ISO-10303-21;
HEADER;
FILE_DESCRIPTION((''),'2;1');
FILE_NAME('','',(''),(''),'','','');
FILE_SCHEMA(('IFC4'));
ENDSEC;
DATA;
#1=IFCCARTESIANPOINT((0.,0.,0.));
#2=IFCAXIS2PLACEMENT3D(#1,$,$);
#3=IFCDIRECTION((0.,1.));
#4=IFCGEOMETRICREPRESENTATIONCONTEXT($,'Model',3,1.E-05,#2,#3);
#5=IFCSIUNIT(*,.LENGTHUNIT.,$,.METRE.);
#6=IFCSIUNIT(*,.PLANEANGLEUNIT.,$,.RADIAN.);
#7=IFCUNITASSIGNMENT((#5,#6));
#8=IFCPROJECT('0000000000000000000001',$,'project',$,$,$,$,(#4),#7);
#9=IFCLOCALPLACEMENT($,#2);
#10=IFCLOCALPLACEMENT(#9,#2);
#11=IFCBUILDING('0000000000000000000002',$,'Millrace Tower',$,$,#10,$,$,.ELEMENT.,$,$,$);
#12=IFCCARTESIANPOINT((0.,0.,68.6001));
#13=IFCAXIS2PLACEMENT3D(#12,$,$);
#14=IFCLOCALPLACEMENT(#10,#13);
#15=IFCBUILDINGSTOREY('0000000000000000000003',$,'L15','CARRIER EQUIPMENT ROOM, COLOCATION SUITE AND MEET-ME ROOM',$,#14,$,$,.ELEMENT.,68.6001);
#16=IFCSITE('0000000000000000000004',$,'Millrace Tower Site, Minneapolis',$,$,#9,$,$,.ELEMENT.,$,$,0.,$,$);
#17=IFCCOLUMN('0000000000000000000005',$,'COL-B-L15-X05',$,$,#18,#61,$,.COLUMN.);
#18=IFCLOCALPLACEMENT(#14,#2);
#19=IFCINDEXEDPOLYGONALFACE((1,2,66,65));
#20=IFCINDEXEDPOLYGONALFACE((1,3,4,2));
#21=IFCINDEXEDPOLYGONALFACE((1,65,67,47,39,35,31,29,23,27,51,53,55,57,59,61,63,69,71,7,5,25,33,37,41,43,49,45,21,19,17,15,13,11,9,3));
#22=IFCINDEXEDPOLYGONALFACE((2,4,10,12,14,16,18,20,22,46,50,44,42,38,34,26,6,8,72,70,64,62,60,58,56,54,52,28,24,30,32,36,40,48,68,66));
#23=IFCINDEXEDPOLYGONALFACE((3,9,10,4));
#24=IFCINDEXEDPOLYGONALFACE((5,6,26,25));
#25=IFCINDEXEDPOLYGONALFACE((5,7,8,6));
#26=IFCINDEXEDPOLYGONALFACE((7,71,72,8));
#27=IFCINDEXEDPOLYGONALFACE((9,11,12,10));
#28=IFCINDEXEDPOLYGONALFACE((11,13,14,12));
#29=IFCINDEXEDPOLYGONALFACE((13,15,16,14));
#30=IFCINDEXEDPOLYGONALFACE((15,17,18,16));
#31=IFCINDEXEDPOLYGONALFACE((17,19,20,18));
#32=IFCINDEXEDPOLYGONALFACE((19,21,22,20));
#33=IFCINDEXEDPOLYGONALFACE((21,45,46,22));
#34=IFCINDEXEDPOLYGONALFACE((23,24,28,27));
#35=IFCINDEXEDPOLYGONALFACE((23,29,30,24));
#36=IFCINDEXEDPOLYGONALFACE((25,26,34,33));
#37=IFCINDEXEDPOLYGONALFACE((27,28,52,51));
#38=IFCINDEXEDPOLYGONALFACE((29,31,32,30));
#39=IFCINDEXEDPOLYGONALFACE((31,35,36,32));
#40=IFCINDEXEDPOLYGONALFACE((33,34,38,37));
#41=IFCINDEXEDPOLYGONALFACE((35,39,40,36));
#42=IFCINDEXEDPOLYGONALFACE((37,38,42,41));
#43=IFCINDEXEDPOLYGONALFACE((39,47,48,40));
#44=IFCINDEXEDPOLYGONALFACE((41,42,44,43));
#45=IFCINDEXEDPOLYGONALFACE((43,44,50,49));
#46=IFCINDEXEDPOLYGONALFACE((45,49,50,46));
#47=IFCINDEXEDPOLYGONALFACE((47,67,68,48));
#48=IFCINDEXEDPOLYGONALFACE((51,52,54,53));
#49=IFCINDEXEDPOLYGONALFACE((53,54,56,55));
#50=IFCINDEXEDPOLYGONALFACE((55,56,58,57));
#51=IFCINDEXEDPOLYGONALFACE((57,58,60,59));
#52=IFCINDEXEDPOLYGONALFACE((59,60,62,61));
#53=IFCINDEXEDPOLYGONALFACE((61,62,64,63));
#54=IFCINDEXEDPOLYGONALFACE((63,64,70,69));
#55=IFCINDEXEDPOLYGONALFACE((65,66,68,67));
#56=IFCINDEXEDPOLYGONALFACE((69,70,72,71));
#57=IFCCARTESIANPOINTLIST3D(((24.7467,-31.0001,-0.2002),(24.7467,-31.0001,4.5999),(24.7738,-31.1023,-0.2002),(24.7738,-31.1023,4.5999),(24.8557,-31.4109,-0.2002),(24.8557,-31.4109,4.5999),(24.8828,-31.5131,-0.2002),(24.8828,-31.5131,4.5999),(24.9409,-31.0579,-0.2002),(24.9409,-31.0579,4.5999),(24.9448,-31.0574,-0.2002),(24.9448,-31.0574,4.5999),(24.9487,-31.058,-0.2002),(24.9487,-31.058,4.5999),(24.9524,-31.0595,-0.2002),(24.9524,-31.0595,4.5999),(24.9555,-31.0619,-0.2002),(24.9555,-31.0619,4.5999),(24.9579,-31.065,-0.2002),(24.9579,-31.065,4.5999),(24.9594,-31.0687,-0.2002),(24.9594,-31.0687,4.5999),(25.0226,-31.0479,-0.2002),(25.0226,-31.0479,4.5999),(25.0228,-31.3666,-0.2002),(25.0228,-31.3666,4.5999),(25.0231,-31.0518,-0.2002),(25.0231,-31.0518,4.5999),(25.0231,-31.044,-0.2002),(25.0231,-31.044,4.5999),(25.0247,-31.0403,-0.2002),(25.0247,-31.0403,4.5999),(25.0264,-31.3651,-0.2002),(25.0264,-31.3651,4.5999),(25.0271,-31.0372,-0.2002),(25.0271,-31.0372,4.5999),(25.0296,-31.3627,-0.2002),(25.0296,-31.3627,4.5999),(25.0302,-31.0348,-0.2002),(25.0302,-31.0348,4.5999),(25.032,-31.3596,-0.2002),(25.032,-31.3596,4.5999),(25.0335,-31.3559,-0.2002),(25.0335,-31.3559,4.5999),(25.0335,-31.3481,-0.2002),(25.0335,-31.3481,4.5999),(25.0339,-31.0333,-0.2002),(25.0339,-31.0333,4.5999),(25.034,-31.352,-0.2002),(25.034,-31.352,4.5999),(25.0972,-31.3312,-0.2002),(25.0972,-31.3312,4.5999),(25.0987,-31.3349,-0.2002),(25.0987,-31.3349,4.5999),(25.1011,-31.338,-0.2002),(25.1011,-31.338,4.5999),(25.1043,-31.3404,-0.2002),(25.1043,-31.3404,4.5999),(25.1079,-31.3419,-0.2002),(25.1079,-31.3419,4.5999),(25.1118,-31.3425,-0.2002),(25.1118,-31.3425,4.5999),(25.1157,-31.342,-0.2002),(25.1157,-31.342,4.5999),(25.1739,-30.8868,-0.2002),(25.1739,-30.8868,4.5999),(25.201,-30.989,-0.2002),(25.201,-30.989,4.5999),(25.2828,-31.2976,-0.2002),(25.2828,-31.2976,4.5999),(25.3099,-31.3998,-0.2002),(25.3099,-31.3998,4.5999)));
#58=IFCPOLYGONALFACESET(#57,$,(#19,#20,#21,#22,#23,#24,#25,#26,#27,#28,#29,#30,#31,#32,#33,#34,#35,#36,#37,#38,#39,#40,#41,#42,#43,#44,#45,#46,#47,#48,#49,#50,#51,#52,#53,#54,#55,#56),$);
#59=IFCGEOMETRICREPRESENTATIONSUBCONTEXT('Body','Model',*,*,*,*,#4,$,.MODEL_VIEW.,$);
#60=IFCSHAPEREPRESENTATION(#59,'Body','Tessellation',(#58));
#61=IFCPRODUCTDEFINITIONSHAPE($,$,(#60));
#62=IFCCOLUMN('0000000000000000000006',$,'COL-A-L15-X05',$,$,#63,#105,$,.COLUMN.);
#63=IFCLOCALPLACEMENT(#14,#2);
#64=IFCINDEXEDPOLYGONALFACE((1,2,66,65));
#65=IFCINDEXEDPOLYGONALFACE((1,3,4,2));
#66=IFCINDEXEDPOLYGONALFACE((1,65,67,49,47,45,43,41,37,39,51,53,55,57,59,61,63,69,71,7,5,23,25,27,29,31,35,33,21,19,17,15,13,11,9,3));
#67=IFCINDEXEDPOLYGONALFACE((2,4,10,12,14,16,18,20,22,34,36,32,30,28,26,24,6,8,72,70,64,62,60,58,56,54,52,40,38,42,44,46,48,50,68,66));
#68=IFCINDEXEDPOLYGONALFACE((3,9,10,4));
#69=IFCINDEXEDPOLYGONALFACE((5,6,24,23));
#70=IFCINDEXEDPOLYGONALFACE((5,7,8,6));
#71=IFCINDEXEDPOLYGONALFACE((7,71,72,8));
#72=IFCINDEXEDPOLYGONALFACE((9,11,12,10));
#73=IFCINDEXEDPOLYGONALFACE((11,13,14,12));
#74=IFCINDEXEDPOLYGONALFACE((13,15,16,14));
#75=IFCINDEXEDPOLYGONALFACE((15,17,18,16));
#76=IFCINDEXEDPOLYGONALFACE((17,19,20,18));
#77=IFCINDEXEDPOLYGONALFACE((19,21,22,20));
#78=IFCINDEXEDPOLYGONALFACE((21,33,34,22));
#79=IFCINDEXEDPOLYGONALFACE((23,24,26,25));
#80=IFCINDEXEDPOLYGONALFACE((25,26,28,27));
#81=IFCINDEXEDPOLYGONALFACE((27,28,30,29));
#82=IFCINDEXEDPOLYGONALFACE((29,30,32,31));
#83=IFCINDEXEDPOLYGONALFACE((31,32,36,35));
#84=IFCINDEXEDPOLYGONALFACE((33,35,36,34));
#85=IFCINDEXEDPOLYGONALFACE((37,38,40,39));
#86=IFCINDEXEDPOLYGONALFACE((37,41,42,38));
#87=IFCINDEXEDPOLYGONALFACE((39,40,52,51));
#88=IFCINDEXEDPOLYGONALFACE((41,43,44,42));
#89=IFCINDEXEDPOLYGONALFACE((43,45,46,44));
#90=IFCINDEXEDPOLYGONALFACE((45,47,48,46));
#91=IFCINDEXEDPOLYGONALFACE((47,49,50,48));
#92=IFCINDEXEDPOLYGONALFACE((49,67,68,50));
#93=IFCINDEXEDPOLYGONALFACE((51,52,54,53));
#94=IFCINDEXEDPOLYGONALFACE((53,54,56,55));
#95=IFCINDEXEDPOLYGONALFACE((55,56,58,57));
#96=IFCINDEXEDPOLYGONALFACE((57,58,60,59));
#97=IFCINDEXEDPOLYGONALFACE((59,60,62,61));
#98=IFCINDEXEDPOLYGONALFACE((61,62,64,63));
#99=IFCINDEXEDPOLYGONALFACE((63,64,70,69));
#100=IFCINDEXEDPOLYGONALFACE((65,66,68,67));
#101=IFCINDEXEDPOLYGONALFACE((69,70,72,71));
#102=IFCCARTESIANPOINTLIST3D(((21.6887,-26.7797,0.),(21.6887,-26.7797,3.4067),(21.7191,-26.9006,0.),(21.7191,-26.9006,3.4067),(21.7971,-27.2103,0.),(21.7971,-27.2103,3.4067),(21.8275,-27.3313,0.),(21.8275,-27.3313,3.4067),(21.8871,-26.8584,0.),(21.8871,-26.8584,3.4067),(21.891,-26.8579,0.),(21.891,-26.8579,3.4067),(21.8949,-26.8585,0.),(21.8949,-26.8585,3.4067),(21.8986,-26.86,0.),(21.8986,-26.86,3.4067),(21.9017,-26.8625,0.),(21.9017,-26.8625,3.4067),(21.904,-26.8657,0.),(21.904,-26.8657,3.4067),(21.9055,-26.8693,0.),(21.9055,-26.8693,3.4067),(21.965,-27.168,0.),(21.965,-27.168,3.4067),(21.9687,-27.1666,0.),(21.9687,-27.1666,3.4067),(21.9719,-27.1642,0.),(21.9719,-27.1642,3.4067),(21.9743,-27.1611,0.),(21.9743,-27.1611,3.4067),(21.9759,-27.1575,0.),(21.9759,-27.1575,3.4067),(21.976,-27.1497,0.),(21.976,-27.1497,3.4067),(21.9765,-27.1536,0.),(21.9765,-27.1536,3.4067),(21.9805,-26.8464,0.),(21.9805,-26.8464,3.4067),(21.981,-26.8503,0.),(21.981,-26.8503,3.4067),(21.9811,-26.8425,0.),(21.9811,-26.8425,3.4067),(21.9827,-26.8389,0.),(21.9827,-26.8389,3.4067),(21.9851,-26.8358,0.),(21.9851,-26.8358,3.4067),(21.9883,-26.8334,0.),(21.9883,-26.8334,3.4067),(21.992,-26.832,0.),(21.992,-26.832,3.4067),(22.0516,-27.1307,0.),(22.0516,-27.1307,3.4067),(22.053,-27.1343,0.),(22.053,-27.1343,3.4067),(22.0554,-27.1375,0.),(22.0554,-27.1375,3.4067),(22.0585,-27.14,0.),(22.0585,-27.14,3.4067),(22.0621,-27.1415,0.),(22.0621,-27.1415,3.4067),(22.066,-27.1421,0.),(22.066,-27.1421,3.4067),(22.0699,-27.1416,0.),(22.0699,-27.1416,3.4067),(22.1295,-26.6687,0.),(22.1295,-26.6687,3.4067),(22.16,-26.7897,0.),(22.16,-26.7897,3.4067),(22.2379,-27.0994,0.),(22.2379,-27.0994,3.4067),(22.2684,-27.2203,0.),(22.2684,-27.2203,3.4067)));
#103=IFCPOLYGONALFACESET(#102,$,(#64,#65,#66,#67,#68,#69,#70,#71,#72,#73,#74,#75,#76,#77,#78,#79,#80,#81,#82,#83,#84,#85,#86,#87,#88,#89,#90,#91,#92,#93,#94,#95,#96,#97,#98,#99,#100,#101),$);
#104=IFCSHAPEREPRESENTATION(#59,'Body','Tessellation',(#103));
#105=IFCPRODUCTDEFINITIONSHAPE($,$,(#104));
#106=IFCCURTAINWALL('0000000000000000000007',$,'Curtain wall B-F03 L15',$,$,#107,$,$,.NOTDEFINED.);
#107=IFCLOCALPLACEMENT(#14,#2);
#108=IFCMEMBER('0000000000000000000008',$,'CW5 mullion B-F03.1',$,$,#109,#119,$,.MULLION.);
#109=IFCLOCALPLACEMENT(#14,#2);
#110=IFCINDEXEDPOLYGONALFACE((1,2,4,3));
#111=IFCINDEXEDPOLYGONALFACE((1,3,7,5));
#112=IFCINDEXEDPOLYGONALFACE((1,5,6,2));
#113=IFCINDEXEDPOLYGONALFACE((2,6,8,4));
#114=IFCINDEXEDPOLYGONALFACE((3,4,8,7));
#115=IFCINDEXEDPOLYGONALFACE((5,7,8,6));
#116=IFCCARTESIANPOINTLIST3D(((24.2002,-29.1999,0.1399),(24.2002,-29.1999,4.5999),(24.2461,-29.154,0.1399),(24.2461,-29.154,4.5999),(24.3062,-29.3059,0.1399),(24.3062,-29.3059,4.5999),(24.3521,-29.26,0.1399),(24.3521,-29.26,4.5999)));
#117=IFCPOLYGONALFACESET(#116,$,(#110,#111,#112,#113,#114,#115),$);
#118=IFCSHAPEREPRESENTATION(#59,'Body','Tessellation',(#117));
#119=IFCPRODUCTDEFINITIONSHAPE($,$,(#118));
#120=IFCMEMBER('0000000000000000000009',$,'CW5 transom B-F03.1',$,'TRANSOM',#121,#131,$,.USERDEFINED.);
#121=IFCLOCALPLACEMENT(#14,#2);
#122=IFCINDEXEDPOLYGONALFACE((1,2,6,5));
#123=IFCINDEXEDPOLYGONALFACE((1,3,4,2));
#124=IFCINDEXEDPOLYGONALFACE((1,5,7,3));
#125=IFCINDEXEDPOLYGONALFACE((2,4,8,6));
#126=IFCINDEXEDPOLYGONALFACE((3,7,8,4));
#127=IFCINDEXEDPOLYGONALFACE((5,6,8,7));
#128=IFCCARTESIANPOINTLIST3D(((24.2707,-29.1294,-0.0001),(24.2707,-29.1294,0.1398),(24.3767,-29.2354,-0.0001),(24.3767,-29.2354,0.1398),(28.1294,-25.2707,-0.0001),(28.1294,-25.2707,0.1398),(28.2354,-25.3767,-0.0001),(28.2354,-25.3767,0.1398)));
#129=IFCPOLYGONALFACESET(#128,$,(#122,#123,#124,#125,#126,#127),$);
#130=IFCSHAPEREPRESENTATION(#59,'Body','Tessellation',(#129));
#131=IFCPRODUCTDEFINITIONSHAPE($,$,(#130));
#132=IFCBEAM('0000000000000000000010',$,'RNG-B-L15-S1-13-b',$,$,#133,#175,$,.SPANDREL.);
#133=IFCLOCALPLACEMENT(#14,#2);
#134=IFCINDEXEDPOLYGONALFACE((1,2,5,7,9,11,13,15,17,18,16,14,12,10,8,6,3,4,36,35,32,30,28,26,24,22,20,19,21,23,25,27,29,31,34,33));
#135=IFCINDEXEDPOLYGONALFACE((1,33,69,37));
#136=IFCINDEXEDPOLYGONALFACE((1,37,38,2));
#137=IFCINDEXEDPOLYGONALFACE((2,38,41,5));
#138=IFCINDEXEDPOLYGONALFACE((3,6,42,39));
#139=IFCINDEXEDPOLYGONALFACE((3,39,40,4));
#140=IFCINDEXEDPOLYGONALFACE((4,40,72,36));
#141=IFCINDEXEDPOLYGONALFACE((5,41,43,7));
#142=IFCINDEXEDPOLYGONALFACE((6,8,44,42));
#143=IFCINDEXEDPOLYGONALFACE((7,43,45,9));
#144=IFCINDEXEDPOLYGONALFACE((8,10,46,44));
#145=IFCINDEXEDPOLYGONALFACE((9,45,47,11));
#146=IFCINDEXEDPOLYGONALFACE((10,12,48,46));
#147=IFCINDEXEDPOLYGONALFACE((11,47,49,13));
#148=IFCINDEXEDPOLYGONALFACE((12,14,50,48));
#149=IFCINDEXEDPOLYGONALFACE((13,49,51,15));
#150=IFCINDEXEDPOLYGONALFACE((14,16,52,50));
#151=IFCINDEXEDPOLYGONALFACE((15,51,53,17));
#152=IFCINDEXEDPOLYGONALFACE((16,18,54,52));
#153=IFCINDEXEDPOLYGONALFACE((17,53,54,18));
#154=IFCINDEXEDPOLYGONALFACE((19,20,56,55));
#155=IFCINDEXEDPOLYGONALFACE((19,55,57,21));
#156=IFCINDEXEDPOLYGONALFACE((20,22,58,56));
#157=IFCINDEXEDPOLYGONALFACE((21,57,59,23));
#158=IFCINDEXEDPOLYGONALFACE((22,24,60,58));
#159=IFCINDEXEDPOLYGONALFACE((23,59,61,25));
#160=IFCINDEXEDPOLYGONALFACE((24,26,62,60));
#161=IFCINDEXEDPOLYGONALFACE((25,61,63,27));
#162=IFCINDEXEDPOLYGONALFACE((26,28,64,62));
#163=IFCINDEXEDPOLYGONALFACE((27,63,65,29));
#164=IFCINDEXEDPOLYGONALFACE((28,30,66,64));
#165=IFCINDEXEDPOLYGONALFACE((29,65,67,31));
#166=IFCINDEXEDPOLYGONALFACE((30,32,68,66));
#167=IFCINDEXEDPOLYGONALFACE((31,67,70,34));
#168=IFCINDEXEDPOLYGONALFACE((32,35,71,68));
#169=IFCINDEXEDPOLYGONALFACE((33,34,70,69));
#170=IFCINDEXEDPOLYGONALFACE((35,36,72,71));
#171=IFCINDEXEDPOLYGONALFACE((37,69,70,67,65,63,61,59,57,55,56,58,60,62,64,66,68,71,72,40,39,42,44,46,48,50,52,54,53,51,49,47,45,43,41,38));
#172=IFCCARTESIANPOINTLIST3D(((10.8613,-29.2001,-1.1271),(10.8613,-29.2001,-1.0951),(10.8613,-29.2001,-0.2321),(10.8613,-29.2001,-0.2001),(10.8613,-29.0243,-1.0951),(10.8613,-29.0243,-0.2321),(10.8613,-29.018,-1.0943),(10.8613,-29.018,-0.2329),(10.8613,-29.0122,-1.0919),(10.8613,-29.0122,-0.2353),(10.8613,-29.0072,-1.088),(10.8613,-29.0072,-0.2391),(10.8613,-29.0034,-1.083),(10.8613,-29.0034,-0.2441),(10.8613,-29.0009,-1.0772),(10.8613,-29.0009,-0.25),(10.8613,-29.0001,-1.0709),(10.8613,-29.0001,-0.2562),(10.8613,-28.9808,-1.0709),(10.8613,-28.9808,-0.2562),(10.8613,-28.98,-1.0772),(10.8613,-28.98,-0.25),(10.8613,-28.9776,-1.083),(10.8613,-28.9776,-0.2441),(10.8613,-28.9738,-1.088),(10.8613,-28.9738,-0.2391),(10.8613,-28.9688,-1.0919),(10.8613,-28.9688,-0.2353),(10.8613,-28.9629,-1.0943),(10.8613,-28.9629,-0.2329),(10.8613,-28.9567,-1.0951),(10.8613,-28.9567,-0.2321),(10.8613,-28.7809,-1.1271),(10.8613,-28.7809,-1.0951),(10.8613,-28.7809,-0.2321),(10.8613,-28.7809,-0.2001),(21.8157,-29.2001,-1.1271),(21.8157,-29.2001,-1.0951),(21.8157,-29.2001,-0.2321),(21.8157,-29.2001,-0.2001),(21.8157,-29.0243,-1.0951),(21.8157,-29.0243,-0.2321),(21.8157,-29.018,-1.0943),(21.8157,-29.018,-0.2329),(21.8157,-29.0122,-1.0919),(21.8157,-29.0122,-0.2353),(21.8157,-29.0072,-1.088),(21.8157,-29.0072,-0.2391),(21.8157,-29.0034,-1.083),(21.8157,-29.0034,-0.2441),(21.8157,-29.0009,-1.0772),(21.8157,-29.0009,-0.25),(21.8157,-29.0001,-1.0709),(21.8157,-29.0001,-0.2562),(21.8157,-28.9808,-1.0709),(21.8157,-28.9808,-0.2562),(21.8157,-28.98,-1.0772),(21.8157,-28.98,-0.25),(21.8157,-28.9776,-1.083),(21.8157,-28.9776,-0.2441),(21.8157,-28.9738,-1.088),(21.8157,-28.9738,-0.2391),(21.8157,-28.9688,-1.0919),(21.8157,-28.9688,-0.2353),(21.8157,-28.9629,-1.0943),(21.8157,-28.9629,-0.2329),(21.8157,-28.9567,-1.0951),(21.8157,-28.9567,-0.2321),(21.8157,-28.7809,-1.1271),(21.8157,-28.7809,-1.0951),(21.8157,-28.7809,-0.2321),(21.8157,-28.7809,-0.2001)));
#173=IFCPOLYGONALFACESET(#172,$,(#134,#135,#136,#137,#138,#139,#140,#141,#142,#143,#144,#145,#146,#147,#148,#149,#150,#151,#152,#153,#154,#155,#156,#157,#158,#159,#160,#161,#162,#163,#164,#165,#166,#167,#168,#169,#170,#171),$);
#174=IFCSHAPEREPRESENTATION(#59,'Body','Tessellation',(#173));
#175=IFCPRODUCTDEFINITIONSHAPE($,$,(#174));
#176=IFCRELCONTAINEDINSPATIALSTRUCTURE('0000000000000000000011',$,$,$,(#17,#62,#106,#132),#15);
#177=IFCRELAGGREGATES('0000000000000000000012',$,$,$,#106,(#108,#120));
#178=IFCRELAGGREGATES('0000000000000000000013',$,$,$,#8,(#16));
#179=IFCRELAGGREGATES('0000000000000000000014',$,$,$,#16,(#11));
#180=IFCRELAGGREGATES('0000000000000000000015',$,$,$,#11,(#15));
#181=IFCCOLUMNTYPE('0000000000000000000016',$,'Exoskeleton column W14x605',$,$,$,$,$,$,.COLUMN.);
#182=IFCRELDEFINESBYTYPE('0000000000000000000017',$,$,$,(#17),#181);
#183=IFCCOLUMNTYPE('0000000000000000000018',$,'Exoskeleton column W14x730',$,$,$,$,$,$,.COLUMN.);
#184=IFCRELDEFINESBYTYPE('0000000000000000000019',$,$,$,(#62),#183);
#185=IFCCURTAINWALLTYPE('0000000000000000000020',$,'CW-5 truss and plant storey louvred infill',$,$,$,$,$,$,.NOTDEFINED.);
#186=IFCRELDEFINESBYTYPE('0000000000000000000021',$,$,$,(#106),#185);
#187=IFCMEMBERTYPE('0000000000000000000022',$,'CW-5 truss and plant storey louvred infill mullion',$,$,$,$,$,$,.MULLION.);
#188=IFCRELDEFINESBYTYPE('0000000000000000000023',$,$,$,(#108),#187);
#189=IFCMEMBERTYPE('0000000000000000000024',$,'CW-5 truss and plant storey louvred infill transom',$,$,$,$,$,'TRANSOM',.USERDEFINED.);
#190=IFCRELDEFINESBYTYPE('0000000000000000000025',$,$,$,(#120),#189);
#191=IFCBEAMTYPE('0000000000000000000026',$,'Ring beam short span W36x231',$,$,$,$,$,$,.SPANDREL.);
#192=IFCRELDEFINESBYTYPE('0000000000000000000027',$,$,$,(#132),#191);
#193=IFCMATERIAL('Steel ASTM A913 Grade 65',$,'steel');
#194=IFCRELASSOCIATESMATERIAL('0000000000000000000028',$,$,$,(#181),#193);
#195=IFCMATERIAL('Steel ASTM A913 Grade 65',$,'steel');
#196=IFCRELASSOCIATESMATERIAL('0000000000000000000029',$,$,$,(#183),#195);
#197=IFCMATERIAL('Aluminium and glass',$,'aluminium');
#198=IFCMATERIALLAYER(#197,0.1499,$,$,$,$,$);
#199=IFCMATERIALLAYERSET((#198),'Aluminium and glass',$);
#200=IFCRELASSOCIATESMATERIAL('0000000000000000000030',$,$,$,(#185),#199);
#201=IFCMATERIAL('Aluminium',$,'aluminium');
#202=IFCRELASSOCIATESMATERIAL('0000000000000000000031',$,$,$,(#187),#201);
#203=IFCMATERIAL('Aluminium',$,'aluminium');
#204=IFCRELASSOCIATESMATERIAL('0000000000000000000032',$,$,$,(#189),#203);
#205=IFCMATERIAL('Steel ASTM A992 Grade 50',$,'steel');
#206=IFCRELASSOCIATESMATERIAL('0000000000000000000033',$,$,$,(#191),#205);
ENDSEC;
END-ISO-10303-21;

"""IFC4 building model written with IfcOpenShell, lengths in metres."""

from ifc_helpers import new_model, si_unit, direction, frame, origin, origin_2d, place, context, subcontext, project, spatial, rectangle, i_section, extrude, material, layer, layer_set, material_profile, profile_set, type_object, element, aggregate, save


model = new_model("IFC4")

# Units and contexts
model_context = context("Model", 3, precision=1e-05, world=origin(), true_north=direction((0.0, 1.0)))
body_context = subcontext(model_context, "Body", "Model", "MODEL_VIEW")
ifc_project = project(units=[si_unit("LENGTHUNIT", "METRE"), si_unit("PLANEANGLEUNIT", "RADIAN")], contexts=[model_context])

# Site, building, storey
site_placement = place(None, origin())
site = spatial("IfcSite", under=ifc_project, at=site_placement, Name="Millrace Tower Site, Minneapolis", CompositionType="ELEMENT", RefElevation=0.0)
building_placement = place(site_placement, origin())
building = spatial("IfcBuilding", under=site, at=building_placement, Name="Millrace Tower", CompositionType="ELEMENT")
storey_placement = place(building_placement, frame((0.0, 0.0, 68.6001)))
storey = spatial("IfcBuildingStorey", under=building, at=storey_placement, Name="L15", Description="CARRIER EQUIPMENT ROOM, COLOCATION SUITE AND MEET-ME ROOM", CompositionType="ELEMENT", Elevation=68.6001)

# Columns
ifc_material_1 = material(Name="Steel ASTM A913 Grade 65", Category="steel")
ifc_material_profile_1 = material_profile(ifc_material_1, i_section(OverallWidth=0.4419, OverallDepth=0.5308, WebThickness=0.0659, FlangeThickness=0.1057, FilletRadius=0.0151, at=origin_2d()))
ifc_profile_set_1 = profile_set([ifc_material_profile_1], Name="Steel ASTM A913 Grade 65")
column_type_1 = type_object("IfcColumnType", Name="Exoskeleton column W14x605", PredefinedType="COLUMN", material=ifc_profile_set_1)
column_1_placement = place(storey_placement, frame((25.0283, -31.2, -0.2002), z_axis=(0.0, 0.0, 1.0), x_axis=(0.966585, 0.256347, 0.0)))
element("IfcColumn", 1, at=column_1_placement, inside=storey, type_object=column_type_1, Name="COL-B-L15-X05", PredefinedType="COLUMN", context=body_context, shape_type="SweptSolid", body=[
    extrude(i_section(OverallWidth=0.4419, OverallDepth=0.5308, WebThickness=0.0659, FlangeThickness=0.1057, FilletRadius=0.0151, at=origin_2d()), origin(), (0.0, 0.0, 1.0), 4.8),
])
ifc_material_2 = material(Name="Steel ASTM A913 Grade 65", Category="steel")
ifc_material_profile_2 = material_profile(ifc_material_2, i_section(OverallWidth=0.4546, OverallDepth=0.5688, WebThickness=0.0779, FlangeThickness=0.1248, FilletRadius=0.0151, at=origin_2d()))
ifc_profile_set_2 = profile_set([ifc_material_profile_2], Name="Steel ASTM A913 Grade 65")
column_type_2 = type_object("IfcColumnType", Name="Exoskeleton column W14x730", PredefinedType="COLUMN", material=ifc_profile_set_2)
column_2_placement = place(storey_placement, frame((21.9785, -27.0, 0.0), z_axis=(0.0, 0.0, 1.0), x_axis=(0.969752, 0.244094, 0.0)))
element("IfcColumn", 2, at=column_2_placement, inside=storey, type_object=column_type_2, Name="COL-A-L15-X05", PredefinedType="COLUMN", context=body_context, shape_type="SweptSolid", body=[
    extrude(i_section(OverallWidth=0.4546, OverallDepth=0.5688, WebThickness=0.0779, FlangeThickness=0.1248, FilletRadius=0.0151, at=origin_2d()), origin(), (0.0, 0.0, 1.0), 3.4067),
])

# Curtain wall, members
ifc_material_3 = material(Name="Aluminium and glass", Category="aluminium")
ifc_layer_1 = layer(ifc_material_3, 0.1499)
ifc_layer_set_1 = layer_set([ifc_layer_1], Name="Aluminium and glass")
curtain_wall_type = type_object("IfcCurtainWallType", Name="CW-5 truss and plant storey louvred infill", PredefinedType="NOTDEFINED", material=ifc_layer_set_1)
curtain_wall_placement = place(storey_placement, origin())
curtain_wall = element("IfcCurtainWall", 3, at=curtain_wall_placement, inside=storey, type_object=curtain_wall_type, Name="Curtain wall B-F03 L15", PredefinedType="NOTDEFINED")
ifc_material_4 = material(Name="Aluminium", Category="aluminium")
ifc_material_profile_3 = material_profile(ifc_material_4, rectangle(XDim=0.0649, YDim=0.1499, at=origin_2d()))
ifc_profile_set_3 = profile_set([ifc_material_profile_3], Name="Aluminium")
member_type_1 = type_object("IfcMemberType", Name="CW-5 truss and plant storey louvred infill mullion", PredefinedType="MULLION", material=ifc_profile_set_3)
member_1_placement = place(storey_placement, frame((24.2761, -29.23, 0.1399), z_axis=(0.0, 0.0, 1.0), x_axis=(0.707107, 0.707107, 0.0)))
member_1 = element("IfcMember", 4, at=member_1_placement, type_object=member_type_1, Name="CW5 mullion B-F03.1", PredefinedType="MULLION", context=body_context, shape_type="SweptSolid", body=[
    extrude(rectangle(XDim=0.0649, YDim=0.1499, at=origin_2d()), origin(), (0.0, 0.0, 1.0), 4.46),
])
ifc_material_5 = material(Name="Aluminium", Category="aluminium")
ifc_material_profile_4 = material_profile(ifc_material_5, rectangle(XDim=0.1499, YDim=0.1399, at=origin_2d()))
ifc_profile_set_4 = profile_set([ifc_material_profile_4], Name="Aluminium")
member_type_2 = type_object("IfcMemberType", Name="CW-5 truss and plant storey louvred infill transom", ElementType="TRANSOM", PredefinedType="USERDEFINED", material=ifc_profile_set_4)
member_2_placement = place(storey_placement, frame((24.3237, -29.1824, 0.0698), z_axis=(0.707107, 0.707107, 0.0), x_axis=(-0.707107, 0.707107, 0.0)))
member_2 = element("IfcMember", 5, at=member_2_placement, type_object=member_type_2, Name="CW5 transom B-F03.1", ObjectType="TRANSOM", PredefinedType="USERDEFINED", context=body_context, shape_type="SweptSolid", body=[
    extrude(rectangle(XDim=0.1499, YDim=0.1399, at=origin_2d()), origin(), (0.0, 0.0, 1.0), 5.457),
])
aggregate(curtain_wall, [member_1, member_2])

# Beam
ifc_material_6 = material(Name="Steel ASTM A992 Grade 50", Category="steel")
ifc_material_profile_5 = material_profile(ifc_material_6, i_section(OverallWidth=0.4192, OverallDepth=0.927, WebThickness=0.0193, FlangeThickness=0.032, FilletRadius=0.0242, at=origin_2d()))
ifc_profile_set_5 = profile_set([ifc_material_profile_5], Name="Steel ASTM A992 Grade 50")
beam_type_1 = type_object("IfcBeamType", Name="Ring beam short span W36x231", PredefinedType="SPANDREL", material=ifc_profile_set_5)
beam_1_placement = place(storey_placement, frame((21.8157, -28.9905, -0.6636), z_axis=(-1.0, 0.0, 0.0), x_axis=(0.0, -1.0, 0.0)))
element("IfcBeam", 6, at=beam_1_placement, inside=storey, type_object=beam_type_1, Name="RNG-B-L15-S1-13-b", PredefinedType="SPANDREL", context=body_context, shape_type="SweptSolid", body=[
    extrude(i_section(OverallWidth=0.4192, OverallDepth=0.927, WebThickness=0.0193, FlangeThickness=0.032, FilletRadius=0.0242, at=origin_2d()), origin(), (0.0, 0.0, 1.0), 10.9543),
])

save(model, "model.ifc")
